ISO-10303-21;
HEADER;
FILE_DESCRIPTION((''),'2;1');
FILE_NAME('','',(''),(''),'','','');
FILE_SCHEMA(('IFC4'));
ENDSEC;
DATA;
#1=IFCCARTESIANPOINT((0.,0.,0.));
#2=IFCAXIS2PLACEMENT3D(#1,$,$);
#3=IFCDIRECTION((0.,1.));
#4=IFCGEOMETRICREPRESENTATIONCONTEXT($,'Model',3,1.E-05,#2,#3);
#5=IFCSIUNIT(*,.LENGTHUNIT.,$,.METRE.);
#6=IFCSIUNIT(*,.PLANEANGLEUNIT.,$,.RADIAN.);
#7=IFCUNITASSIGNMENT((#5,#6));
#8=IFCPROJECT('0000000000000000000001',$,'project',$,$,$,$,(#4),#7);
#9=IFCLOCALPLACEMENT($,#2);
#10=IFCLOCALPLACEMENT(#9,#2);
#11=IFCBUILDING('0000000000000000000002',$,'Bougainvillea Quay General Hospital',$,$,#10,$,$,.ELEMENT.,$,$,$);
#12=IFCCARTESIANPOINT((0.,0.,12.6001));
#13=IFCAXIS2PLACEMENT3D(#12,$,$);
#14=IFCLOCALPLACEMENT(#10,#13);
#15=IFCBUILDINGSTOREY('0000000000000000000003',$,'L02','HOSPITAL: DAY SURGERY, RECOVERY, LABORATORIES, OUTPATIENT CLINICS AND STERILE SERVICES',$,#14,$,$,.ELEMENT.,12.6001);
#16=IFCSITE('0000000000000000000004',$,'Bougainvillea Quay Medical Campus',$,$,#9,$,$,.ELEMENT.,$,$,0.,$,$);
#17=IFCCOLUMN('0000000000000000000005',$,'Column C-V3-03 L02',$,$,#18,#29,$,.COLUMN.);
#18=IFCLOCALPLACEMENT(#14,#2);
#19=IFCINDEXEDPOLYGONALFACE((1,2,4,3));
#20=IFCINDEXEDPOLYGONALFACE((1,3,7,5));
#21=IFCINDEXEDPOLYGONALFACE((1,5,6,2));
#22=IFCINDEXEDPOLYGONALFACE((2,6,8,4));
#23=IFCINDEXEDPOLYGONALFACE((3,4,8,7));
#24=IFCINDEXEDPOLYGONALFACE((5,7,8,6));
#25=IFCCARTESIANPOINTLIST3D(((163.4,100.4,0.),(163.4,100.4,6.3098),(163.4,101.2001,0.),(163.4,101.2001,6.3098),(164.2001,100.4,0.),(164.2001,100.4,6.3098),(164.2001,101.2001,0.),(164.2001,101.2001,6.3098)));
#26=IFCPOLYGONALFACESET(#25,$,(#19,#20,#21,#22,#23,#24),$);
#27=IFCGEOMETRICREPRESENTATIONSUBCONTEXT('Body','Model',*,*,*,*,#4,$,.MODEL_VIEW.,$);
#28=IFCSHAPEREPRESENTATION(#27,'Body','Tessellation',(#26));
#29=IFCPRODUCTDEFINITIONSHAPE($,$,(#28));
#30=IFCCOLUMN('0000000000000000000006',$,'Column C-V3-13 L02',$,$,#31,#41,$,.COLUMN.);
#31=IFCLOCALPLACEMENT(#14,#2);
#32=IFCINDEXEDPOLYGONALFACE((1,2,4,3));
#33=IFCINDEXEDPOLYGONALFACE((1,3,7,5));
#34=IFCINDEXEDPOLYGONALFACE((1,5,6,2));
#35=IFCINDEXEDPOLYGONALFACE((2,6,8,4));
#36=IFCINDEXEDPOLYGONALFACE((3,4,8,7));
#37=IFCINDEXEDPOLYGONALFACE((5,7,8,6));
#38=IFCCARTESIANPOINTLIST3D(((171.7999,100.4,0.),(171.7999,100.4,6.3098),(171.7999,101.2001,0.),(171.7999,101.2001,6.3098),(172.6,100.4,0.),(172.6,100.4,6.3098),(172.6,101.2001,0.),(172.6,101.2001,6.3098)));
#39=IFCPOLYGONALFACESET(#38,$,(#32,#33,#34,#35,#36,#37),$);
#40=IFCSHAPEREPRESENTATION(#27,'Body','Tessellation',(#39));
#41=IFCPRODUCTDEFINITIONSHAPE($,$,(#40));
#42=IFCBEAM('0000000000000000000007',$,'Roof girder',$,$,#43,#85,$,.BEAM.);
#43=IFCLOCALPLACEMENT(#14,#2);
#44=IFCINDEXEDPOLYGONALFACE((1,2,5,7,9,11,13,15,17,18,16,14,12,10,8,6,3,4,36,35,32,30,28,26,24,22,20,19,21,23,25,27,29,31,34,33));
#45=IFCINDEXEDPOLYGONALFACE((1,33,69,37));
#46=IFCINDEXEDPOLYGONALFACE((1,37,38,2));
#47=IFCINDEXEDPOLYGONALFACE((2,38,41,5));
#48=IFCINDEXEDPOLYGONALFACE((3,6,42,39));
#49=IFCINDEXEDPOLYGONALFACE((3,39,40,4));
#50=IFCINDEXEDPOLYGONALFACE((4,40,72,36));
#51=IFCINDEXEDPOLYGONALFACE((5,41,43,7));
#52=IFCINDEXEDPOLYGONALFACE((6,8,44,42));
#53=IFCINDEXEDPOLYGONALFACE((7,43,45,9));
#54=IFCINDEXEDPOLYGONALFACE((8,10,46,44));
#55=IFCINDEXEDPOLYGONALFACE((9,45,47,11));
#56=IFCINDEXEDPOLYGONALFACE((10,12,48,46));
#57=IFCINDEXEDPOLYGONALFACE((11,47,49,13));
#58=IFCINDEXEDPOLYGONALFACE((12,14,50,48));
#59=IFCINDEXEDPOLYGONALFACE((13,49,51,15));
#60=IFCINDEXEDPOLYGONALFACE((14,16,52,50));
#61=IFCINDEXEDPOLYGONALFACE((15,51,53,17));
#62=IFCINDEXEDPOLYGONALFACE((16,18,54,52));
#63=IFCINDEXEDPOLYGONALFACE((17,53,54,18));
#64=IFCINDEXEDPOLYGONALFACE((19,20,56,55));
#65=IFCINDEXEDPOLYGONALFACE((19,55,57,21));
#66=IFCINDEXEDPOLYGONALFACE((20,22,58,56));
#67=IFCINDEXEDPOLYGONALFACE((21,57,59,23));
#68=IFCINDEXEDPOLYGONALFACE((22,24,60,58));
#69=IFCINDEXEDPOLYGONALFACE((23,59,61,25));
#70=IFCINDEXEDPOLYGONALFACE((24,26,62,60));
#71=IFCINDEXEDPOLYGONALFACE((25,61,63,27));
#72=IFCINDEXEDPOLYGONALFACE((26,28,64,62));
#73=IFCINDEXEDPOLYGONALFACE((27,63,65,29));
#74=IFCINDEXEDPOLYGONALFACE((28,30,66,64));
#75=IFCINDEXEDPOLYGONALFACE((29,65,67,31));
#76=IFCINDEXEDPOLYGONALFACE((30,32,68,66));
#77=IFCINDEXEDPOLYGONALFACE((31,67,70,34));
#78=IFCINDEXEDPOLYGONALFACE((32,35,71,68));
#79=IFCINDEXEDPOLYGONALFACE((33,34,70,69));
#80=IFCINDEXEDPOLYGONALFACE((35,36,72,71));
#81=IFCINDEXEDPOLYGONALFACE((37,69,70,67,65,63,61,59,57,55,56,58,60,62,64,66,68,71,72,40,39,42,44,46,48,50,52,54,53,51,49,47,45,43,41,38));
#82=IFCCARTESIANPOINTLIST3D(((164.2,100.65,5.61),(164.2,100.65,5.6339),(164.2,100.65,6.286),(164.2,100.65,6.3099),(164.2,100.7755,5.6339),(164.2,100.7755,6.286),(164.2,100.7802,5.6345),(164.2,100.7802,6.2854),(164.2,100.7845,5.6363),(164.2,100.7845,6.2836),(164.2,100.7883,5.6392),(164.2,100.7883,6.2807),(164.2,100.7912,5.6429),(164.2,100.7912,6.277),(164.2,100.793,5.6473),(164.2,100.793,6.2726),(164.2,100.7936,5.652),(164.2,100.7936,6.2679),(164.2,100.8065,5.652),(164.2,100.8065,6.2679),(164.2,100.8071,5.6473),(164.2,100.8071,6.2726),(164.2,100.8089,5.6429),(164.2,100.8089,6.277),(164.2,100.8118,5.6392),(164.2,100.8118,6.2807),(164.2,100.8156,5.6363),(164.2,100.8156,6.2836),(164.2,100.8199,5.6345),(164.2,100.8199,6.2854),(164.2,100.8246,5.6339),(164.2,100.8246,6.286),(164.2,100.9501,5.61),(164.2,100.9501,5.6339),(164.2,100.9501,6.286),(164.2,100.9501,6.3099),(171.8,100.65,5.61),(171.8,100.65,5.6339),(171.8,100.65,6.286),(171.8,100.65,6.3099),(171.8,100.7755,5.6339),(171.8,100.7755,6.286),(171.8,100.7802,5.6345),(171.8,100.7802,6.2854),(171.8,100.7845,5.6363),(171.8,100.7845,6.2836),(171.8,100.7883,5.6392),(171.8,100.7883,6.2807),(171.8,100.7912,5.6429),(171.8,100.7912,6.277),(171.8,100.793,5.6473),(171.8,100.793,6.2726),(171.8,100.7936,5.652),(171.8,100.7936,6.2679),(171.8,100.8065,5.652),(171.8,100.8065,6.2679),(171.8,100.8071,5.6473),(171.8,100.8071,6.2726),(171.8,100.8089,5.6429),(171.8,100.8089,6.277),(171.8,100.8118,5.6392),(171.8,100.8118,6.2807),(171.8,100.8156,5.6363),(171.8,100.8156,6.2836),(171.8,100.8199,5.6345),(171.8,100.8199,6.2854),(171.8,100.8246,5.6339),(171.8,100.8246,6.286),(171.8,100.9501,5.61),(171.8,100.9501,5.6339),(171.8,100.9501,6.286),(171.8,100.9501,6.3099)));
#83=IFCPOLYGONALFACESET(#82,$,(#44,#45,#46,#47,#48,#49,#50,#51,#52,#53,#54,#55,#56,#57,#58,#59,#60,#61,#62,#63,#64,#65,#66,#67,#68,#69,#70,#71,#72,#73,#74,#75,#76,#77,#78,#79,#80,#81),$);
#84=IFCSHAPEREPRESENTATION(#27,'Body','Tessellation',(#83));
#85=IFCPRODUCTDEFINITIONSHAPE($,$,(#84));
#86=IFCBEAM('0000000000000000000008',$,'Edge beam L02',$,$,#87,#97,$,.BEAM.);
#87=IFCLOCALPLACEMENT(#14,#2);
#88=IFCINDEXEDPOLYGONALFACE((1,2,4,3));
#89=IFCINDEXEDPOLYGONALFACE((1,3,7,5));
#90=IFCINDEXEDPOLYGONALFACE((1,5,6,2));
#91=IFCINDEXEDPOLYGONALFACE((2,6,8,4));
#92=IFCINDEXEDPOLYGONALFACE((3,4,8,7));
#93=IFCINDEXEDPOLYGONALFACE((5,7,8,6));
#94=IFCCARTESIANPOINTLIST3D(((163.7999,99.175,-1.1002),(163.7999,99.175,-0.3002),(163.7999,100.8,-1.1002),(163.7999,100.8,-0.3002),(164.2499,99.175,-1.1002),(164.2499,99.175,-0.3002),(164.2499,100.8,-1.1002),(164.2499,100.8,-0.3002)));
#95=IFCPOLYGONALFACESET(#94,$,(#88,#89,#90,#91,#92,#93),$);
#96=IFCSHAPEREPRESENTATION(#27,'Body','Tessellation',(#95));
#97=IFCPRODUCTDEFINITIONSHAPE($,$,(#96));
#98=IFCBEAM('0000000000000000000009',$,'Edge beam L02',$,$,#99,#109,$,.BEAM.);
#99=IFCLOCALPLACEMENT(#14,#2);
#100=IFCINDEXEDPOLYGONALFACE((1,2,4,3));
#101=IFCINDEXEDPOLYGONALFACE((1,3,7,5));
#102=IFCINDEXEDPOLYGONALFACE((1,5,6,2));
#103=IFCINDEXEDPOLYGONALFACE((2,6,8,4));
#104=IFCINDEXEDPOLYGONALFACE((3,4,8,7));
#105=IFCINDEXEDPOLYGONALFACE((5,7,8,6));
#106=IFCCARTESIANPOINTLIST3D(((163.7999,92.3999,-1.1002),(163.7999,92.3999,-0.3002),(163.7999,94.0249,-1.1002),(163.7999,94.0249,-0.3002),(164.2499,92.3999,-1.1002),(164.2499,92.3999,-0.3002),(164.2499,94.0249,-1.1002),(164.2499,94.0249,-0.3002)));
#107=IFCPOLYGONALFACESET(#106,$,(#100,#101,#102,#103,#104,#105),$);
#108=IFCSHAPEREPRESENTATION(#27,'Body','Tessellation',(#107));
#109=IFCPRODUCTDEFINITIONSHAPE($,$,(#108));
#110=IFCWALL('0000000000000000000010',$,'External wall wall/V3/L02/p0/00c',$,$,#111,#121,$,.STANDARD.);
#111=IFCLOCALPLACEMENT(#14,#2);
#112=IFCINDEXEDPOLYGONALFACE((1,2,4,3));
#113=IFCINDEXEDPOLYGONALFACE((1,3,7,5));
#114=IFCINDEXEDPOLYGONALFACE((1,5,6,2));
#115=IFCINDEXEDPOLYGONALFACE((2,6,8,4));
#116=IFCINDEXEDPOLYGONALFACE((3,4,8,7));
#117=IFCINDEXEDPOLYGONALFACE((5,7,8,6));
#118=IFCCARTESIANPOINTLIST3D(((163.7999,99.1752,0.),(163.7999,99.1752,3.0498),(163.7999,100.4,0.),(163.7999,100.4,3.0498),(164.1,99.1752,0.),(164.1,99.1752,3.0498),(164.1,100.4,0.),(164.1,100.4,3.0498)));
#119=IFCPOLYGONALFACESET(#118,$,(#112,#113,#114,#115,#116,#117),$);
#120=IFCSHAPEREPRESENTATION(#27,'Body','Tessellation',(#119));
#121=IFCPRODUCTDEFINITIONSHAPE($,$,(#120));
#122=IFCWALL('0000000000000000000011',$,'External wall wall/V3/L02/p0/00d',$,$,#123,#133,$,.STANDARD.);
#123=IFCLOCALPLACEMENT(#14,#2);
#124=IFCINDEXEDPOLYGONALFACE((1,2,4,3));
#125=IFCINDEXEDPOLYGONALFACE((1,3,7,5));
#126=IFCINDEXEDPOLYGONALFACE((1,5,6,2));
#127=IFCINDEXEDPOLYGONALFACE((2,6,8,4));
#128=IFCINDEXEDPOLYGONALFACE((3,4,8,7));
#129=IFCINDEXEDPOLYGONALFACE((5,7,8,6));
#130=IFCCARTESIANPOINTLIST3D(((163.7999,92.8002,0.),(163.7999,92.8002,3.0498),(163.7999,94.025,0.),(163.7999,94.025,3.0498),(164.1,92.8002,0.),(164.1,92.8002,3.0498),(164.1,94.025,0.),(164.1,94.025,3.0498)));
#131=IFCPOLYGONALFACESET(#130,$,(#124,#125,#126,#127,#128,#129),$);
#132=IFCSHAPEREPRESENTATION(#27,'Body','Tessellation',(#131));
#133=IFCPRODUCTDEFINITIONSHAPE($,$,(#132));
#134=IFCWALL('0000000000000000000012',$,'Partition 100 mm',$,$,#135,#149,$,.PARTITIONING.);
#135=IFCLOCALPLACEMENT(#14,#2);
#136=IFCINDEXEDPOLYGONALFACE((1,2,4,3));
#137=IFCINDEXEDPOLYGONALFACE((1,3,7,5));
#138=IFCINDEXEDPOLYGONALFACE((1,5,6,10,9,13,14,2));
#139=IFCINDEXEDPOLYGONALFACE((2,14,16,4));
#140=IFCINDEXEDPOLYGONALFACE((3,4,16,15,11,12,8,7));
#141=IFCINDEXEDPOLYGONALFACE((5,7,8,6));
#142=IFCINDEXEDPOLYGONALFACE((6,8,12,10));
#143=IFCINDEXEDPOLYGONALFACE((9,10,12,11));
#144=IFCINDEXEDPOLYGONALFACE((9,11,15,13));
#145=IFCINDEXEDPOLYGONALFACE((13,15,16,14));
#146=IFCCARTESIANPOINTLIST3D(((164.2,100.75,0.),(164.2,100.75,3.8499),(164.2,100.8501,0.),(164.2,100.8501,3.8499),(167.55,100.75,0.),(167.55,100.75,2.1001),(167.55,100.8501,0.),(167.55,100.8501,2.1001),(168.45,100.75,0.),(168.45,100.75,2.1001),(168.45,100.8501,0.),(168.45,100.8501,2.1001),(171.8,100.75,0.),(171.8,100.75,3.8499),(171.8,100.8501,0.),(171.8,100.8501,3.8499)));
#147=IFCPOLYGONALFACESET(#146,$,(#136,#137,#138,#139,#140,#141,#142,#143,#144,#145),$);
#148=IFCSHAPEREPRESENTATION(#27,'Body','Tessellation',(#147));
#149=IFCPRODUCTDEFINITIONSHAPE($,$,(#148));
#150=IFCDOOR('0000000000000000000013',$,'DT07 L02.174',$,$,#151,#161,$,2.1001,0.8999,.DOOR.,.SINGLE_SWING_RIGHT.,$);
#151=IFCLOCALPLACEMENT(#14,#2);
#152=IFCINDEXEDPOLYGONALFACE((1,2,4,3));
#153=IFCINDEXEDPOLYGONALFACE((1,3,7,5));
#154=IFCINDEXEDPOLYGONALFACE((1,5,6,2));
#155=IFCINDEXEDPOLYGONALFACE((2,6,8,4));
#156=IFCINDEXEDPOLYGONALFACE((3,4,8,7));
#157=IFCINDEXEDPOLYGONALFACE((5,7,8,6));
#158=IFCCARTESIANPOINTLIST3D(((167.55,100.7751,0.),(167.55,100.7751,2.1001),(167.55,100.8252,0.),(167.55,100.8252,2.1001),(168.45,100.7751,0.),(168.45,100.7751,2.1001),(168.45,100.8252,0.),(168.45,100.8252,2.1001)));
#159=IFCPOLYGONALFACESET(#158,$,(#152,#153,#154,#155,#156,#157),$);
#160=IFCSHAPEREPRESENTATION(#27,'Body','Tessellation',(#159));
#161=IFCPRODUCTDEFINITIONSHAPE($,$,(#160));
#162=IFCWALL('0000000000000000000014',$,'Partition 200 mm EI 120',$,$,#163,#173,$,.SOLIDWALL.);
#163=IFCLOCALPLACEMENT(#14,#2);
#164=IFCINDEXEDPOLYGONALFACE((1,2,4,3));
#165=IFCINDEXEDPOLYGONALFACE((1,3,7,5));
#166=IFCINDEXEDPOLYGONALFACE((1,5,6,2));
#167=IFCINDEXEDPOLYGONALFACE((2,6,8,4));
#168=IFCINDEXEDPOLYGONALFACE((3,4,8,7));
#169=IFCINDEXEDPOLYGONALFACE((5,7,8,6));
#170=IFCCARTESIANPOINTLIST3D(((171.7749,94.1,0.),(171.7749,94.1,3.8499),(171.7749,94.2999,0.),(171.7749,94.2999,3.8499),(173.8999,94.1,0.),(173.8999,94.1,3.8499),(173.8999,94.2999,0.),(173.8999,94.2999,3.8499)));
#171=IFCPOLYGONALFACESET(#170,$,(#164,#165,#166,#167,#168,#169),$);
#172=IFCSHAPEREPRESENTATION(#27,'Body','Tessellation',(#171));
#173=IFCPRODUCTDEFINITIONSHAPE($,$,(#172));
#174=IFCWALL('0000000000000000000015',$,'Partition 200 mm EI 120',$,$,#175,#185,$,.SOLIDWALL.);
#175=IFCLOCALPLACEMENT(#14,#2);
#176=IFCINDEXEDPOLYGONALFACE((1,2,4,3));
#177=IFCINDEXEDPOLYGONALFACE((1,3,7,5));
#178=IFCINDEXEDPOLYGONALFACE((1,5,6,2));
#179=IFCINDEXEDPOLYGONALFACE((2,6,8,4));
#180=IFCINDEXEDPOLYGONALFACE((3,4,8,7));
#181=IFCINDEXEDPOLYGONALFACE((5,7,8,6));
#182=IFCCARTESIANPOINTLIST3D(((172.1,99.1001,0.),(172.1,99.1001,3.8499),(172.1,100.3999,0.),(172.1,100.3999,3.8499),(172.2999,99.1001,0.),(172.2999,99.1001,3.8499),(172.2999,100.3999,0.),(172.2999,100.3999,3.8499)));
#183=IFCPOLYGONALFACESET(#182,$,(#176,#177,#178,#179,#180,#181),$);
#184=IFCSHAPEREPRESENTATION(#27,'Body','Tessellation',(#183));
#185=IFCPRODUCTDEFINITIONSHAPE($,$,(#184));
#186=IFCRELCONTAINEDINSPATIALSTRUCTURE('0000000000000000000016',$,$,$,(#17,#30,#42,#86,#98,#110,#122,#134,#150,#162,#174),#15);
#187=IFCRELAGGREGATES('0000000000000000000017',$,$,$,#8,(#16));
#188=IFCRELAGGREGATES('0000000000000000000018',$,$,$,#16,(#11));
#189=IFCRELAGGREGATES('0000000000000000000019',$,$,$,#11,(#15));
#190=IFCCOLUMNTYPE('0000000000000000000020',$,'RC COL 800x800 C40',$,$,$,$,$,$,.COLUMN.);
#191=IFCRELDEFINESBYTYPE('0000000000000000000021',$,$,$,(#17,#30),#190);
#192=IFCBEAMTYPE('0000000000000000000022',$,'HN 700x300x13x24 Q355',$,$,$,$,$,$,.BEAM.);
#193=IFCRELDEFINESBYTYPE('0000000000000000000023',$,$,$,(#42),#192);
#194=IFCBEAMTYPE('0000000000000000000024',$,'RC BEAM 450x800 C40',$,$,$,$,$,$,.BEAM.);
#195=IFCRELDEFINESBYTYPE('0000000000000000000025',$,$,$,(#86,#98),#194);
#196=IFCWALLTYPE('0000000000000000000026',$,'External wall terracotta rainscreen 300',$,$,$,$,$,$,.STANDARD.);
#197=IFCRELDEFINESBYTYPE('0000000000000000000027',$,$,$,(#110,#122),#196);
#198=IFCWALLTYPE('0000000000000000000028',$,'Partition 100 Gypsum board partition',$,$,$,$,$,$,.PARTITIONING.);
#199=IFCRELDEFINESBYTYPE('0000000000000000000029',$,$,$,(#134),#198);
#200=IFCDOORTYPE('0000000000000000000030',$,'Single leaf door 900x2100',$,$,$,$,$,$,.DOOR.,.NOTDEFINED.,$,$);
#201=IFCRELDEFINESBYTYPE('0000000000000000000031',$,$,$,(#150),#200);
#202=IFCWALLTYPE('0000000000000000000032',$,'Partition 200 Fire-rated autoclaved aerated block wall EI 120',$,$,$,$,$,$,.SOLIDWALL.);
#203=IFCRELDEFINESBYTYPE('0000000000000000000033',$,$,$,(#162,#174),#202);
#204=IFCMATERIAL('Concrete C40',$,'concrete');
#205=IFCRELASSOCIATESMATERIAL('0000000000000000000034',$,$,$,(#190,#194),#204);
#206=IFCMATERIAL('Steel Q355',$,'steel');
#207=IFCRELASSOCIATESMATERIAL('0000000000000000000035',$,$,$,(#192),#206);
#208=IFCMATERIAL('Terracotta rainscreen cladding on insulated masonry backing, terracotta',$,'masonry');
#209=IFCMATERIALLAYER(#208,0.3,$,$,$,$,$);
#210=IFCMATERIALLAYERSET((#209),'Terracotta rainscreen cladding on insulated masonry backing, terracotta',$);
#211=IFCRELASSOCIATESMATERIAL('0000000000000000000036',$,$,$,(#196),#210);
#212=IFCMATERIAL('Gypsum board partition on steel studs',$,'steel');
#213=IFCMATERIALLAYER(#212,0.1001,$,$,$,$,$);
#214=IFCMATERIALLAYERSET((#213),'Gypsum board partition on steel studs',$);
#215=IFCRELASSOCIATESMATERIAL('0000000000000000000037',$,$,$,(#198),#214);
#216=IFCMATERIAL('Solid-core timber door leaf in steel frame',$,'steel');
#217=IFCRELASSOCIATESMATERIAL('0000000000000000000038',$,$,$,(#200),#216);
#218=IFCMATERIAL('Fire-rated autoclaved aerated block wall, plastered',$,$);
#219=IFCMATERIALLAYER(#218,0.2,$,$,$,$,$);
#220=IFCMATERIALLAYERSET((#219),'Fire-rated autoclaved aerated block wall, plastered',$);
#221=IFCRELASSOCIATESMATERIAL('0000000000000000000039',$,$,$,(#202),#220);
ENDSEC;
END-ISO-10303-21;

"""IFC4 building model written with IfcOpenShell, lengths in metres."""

from ifc_helpers import new_model, si_unit, direction, frame, frame_2d, origin, origin_2d, place, context, subcontext, project, spatial, rectangle, i_section, extrude, material, layer, layer_set, material_profile, profile_set, type_object, element, fill, save


model = new_model("IFC4")

# Units and contexts
model_context = context("Model", 3, precision=1e-05, world=origin(), true_north=direction((0.0, 1.0)))
body_context = subcontext(model_context, "Body", "Model", "MODEL_VIEW")
ifc_project = project(units=[si_unit("LENGTHUNIT", "METRE"), si_unit("PLANEANGLEUNIT", "RADIAN")], contexts=[model_context])

# Site, building, storey
site_placement = place(None, origin())
site = spatial("IfcSite", under=ifc_project, at=site_placement, Name="Bougainvillea Quay Medical Campus", CompositionType="ELEMENT", RefElevation=0.0)
building_placement = place(site_placement, origin())
building = spatial("IfcBuilding", under=site, at=building_placement, Name="Bougainvillea Quay General Hospital", CompositionType="ELEMENT")
storey_placement = place(building_placement, frame((0.0, 0.0, 12.6001)))
storey = spatial("IfcBuildingStorey", under=building, at=storey_placement, Name="L02", Description="HOSPITAL: DAY SURGERY, RECOVERY, LABORATORIES, OUTPATIENT CLINICS AND STERILE SERVICES", CompositionType="ELEMENT", Elevation=12.6001)

# Columns
ifc_material_1 = material(Name="Concrete C40", Category="concrete")
ifc_material_profile_1 = material_profile(ifc_material_1, rectangle(XDim=0.8, YDim=0.8, at=origin_2d()))
ifc_profile_set_1 = profile_set([ifc_material_profile_1], Name="Concrete C40")
column_type = type_object("IfcColumnType", Name="RC COL 800x800 C40", PredefinedType="COLUMN", material=ifc_profile_set_1)
for number, where, z_axis, x_axis, name in (
    (1, (163.8, 100.8, 0.0), (0.0, 0.0, 1.0), (1.0, 0.0, 0.0), "Column C-V3-03 L02"),
    (2, (172.2, 100.8, 0.0), (0.0, 0.0, 1.0), (1.0, 0.0, 0.0), "Column C-V3-13 L02"),
):
    element("IfcColumn", number, at=place(storey_placement, frame(where, z_axis=z_axis, x_axis=x_axis)), inside=storey, type_object=column_type, Name=name, PredefinedType="COLUMN", context=body_context, shape_type="SweptSolid", body=[
        extrude(rectangle(XDim=0.8, YDim=0.8, at=origin_2d()), origin(), (0.0, 0.0, 1.0), 6.3098),
    ])

# Beams
ifc_material_2 = material(Name="Steel Q355", Category="steel")
ifc_material_profile_2 = material_profile(ifc_material_2, i_section(OverallWidth=0.3, OverallDepth=0.7, WebThickness=0.0129, FlangeThickness=0.0239, FilletRadius=0.0181, at=origin_2d()))
ifc_profile_set_2 = profile_set([ifc_material_profile_2], Name="Steel Q355")
beam_type_1 = type_object("IfcBeamType", Name="HN 700x300x13x24 Q355", PredefinedType="BEAM", material=ifc_profile_set_2)
beam_placement = place(storey_placement, frame((164.2, 100.8, 5.96), z_axis=(1.0, 0.0, 0.0), x_axis=(0.0, 1.0, 0.0)))
element("IfcBeam", 3, at=beam_placement, inside=storey, type_object=beam_type_1, Name="Roof girder", PredefinedType="BEAM", context=body_context, shape_type="SweptSolid", body=[
    extrude(i_section(OverallWidth=0.3, OverallDepth=0.7, WebThickness=0.0129, FlangeThickness=0.0239, FilletRadius=0.0181, at=origin_2d()), origin(), (0.0, 0.0, 1.0), 7.6001),
])
ifc_material_profile_3 = material_profile(ifc_material_1, rectangle(XDim=0.45, YDim=0.8, at=origin_2d()))
ifc_profile_set_3 = profile_set([ifc_material_profile_3], Name="Concrete C40")
beam_type_2 = type_object("IfcBeamType", Name="RC BEAM 450x800 C40", PredefinedType="BEAM", material=ifc_profile_set_3)
for number, where, z_axis, x_axis, name in (
    (4, (164.0249, 100.8, -0.7002), (0.0, -1.0, 0.0), (1.0, 0.0, 0.0), "Edge beam L02"),
    (5, (164.0249, 94.0249, -0.7002), (0.0, -1.0, 0.0), (1.0, 0.0, 0.0), "Edge beam L02"),
):
    element("IfcBeam", number, at=place(storey_placement, frame(where, z_axis=z_axis, x_axis=x_axis)), inside=storey, type_object=beam_type_2, Name=name, PredefinedType="BEAM", context=body_context, shape_type="SweptSolid", body=[
        extrude(rectangle(XDim=0.45, YDim=0.8, at=origin_2d()), origin(), (0.0, 0.0, 1.0), 1.625),
    ])

# Walls
ifc_material_3 = material(Name="Terracotta rainscreen cladding on insulated masonry backing, terracotta", Category="masonry")
ifc_layer_1 = layer(ifc_material_3, 0.3)
ifc_layer_set_1 = layer_set([ifc_layer_1], Name="Terracotta rainscreen cladding on insulated masonry backing, terracotta")
wall_type_1 = type_object("IfcWallType", Name="External wall terracotta rainscreen 300", PredefinedType="STANDARD", material=ifc_layer_set_1)
for number, where, z_axis, x_axis, name in (
    (6, (163.95, 100.3999, 0.0), (0.0, 0.0, 1.0), (0.0, -1.0, 0.0), "External wall wall/V3/L02/p0/00c"),
    (7, (163.95, 94.0249, 0.0), (0.0, 0.0, 1.0), (0.0, -1.0, 0.0), "External wall wall/V3/L02/p0/00d"),
):
    element("IfcWall", number, at=place(storey_placement, frame(where, z_axis=z_axis, x_axis=x_axis)), inside=storey, type_object=wall_type_1, Name=name, PredefinedType="STANDARD", context=body_context, shape_type="SweptSolid", body=[
        extrude(rectangle(XDim=1.2249, YDim=0.3, at=frame_2d((0.6123, 0.0))), origin(), (0.0, 0.0, 1.0), 3.0498),
    ])

# Wall, opening, door
ifc_material_4 = material(Name="Gypsum board partition on steel studs", Category="steel")
ifc_layer_2 = layer(ifc_material_4, 0.1001)
ifc_layer_set_2 = layer_set([ifc_layer_2], Name="Gypsum board partition on steel studs")
wall_type_2 = type_object("IfcWallType", Name="Partition 100 Gypsum board partition", PredefinedType="PARTITIONING", material=ifc_layer_set_2)
wall_1_placement = place(storey_placement, frame((164.2, 100.8, 0.0), z_axis=(0.0, 0.0, 1.0), x_axis=(1.0, 0.0, 0.0)))
wall_1 = element("IfcWall", 8, at=wall_1_placement, inside=storey, type_object=wall_type_2, Name="Partition 100 mm", PredefinedType="PARTITIONING", context=body_context, shape_type="SweptSolid", body=[
    extrude(rectangle(XDim=7.6001, YDim=0.1001, at=frame_2d((3.8, 0.0))), origin(), (0.0, 0.0, 1.0), 3.8499),
])
opening_1_placement = place(wall_1_placement, frame((3.3501, 0.0, 0.0)))
opening_1 = element("IfcOpeningElement", 9, at=opening_1_placement, cuts=wall_1, PredefinedType="OPENING", context=body_context, shape_type="SweptSolid", body=[
    extrude(rectangle(XDim=0.8999, YDim=2.1001, at=frame_2d((0.45, 1.05))), frame((0.0, 0.0601, 0.0), z_axis=(0.0, -1.0, 0.0), x_axis=(1.0, 0.0, 0.0)), (0.0, 0.0, 1.0), 0.1201),
])
ifc_material_5 = material(Name="Solid-core timber door leaf in steel frame", Category="steel")
door_type_1 = type_object("IfcDoorType", Name="Single leaf door 900x2100", OperationType="NOTDEFINED", PredefinedType="DOOR", material=ifc_material_5)
door_1_placement = place(opening_1_placement, frame((0.8999, 0.0, 0.0), z_axis=(0.0, 0.0, 1.0), x_axis=(-1.0, 0.0, 0.0)))
door_1 = element("IfcDoor", 10, at=door_1_placement, inside=storey, type_object=door_type_1, Name="DT07 L02.174", OperationType="SINGLE_SWING_RIGHT", OverallHeight=2.1001, OverallWidth=0.8999, PredefinedType="DOOR", context=body_context, shape_type="SweptSolid", body=[
    extrude(rectangle(XDim=0.8999, YDim=2.1001, at=frame_2d((0.45, 1.05))), frame((0.0, 0.0249, 0.0), z_axis=(0.0, -1.0, 0.0), x_axis=(1.0, 0.0, 0.0)), (0.0, 0.0, 1.0), 0.05),
])
fill(opening_1, door_1)

# Walls
ifc_material_6 = material(Name="Fire-rated autoclaved aerated block wall, plastered")
ifc_layer_3 = layer(ifc_material_6, 0.2)
ifc_layer_set_3 = layer_set([ifc_layer_3], Name="Fire-rated autoclaved aerated block wall, plastered")
wall_type_3 = type_object("IfcWallType", Name="Partition 200 Fire-rated autoclaved aerated block wall EI 120", PredefinedType="SOLIDWALL", material=ifc_layer_set_3)
wall_2_placement = place(storey_placement, frame((171.7749, 94.2, 0.0), z_axis=(0.0, 0.0, 1.0), x_axis=(1.0, 0.0, 0.0)))
element("IfcWall", 11, at=wall_2_placement, inside=storey, type_object=wall_type_3, Name="Partition 200 mm EI 120", PredefinedType="SOLIDWALL", context=body_context, shape_type="SweptSolid", body=[
    extrude(rectangle(XDim=2.125, YDim=0.2, at=frame_2d((1.0625, 0.0))), origin(), (0.0, 0.0, 1.0), 3.8499),
])
wall_3_placement = place(storey_placement, frame((172.2, 99.1001, 0.0), z_axis=(0.0, 0.0, 1.0), x_axis=(0.0, 1.0, 0.0)))
element("IfcWall", 12, at=wall_3_placement, inside=storey, type_object=wall_type_3, Name="Partition 200 mm EI 120", PredefinedType="SOLIDWALL", context=body_context, shape_type="SweptSolid", body=[
    extrude(rectangle(XDim=1.2998, YDim=0.2, at=frame_2d((0.6499, 0.0))), origin(), (0.0, 0.0, 1.0), 3.8499),
])

save(model, "model.ifc")
